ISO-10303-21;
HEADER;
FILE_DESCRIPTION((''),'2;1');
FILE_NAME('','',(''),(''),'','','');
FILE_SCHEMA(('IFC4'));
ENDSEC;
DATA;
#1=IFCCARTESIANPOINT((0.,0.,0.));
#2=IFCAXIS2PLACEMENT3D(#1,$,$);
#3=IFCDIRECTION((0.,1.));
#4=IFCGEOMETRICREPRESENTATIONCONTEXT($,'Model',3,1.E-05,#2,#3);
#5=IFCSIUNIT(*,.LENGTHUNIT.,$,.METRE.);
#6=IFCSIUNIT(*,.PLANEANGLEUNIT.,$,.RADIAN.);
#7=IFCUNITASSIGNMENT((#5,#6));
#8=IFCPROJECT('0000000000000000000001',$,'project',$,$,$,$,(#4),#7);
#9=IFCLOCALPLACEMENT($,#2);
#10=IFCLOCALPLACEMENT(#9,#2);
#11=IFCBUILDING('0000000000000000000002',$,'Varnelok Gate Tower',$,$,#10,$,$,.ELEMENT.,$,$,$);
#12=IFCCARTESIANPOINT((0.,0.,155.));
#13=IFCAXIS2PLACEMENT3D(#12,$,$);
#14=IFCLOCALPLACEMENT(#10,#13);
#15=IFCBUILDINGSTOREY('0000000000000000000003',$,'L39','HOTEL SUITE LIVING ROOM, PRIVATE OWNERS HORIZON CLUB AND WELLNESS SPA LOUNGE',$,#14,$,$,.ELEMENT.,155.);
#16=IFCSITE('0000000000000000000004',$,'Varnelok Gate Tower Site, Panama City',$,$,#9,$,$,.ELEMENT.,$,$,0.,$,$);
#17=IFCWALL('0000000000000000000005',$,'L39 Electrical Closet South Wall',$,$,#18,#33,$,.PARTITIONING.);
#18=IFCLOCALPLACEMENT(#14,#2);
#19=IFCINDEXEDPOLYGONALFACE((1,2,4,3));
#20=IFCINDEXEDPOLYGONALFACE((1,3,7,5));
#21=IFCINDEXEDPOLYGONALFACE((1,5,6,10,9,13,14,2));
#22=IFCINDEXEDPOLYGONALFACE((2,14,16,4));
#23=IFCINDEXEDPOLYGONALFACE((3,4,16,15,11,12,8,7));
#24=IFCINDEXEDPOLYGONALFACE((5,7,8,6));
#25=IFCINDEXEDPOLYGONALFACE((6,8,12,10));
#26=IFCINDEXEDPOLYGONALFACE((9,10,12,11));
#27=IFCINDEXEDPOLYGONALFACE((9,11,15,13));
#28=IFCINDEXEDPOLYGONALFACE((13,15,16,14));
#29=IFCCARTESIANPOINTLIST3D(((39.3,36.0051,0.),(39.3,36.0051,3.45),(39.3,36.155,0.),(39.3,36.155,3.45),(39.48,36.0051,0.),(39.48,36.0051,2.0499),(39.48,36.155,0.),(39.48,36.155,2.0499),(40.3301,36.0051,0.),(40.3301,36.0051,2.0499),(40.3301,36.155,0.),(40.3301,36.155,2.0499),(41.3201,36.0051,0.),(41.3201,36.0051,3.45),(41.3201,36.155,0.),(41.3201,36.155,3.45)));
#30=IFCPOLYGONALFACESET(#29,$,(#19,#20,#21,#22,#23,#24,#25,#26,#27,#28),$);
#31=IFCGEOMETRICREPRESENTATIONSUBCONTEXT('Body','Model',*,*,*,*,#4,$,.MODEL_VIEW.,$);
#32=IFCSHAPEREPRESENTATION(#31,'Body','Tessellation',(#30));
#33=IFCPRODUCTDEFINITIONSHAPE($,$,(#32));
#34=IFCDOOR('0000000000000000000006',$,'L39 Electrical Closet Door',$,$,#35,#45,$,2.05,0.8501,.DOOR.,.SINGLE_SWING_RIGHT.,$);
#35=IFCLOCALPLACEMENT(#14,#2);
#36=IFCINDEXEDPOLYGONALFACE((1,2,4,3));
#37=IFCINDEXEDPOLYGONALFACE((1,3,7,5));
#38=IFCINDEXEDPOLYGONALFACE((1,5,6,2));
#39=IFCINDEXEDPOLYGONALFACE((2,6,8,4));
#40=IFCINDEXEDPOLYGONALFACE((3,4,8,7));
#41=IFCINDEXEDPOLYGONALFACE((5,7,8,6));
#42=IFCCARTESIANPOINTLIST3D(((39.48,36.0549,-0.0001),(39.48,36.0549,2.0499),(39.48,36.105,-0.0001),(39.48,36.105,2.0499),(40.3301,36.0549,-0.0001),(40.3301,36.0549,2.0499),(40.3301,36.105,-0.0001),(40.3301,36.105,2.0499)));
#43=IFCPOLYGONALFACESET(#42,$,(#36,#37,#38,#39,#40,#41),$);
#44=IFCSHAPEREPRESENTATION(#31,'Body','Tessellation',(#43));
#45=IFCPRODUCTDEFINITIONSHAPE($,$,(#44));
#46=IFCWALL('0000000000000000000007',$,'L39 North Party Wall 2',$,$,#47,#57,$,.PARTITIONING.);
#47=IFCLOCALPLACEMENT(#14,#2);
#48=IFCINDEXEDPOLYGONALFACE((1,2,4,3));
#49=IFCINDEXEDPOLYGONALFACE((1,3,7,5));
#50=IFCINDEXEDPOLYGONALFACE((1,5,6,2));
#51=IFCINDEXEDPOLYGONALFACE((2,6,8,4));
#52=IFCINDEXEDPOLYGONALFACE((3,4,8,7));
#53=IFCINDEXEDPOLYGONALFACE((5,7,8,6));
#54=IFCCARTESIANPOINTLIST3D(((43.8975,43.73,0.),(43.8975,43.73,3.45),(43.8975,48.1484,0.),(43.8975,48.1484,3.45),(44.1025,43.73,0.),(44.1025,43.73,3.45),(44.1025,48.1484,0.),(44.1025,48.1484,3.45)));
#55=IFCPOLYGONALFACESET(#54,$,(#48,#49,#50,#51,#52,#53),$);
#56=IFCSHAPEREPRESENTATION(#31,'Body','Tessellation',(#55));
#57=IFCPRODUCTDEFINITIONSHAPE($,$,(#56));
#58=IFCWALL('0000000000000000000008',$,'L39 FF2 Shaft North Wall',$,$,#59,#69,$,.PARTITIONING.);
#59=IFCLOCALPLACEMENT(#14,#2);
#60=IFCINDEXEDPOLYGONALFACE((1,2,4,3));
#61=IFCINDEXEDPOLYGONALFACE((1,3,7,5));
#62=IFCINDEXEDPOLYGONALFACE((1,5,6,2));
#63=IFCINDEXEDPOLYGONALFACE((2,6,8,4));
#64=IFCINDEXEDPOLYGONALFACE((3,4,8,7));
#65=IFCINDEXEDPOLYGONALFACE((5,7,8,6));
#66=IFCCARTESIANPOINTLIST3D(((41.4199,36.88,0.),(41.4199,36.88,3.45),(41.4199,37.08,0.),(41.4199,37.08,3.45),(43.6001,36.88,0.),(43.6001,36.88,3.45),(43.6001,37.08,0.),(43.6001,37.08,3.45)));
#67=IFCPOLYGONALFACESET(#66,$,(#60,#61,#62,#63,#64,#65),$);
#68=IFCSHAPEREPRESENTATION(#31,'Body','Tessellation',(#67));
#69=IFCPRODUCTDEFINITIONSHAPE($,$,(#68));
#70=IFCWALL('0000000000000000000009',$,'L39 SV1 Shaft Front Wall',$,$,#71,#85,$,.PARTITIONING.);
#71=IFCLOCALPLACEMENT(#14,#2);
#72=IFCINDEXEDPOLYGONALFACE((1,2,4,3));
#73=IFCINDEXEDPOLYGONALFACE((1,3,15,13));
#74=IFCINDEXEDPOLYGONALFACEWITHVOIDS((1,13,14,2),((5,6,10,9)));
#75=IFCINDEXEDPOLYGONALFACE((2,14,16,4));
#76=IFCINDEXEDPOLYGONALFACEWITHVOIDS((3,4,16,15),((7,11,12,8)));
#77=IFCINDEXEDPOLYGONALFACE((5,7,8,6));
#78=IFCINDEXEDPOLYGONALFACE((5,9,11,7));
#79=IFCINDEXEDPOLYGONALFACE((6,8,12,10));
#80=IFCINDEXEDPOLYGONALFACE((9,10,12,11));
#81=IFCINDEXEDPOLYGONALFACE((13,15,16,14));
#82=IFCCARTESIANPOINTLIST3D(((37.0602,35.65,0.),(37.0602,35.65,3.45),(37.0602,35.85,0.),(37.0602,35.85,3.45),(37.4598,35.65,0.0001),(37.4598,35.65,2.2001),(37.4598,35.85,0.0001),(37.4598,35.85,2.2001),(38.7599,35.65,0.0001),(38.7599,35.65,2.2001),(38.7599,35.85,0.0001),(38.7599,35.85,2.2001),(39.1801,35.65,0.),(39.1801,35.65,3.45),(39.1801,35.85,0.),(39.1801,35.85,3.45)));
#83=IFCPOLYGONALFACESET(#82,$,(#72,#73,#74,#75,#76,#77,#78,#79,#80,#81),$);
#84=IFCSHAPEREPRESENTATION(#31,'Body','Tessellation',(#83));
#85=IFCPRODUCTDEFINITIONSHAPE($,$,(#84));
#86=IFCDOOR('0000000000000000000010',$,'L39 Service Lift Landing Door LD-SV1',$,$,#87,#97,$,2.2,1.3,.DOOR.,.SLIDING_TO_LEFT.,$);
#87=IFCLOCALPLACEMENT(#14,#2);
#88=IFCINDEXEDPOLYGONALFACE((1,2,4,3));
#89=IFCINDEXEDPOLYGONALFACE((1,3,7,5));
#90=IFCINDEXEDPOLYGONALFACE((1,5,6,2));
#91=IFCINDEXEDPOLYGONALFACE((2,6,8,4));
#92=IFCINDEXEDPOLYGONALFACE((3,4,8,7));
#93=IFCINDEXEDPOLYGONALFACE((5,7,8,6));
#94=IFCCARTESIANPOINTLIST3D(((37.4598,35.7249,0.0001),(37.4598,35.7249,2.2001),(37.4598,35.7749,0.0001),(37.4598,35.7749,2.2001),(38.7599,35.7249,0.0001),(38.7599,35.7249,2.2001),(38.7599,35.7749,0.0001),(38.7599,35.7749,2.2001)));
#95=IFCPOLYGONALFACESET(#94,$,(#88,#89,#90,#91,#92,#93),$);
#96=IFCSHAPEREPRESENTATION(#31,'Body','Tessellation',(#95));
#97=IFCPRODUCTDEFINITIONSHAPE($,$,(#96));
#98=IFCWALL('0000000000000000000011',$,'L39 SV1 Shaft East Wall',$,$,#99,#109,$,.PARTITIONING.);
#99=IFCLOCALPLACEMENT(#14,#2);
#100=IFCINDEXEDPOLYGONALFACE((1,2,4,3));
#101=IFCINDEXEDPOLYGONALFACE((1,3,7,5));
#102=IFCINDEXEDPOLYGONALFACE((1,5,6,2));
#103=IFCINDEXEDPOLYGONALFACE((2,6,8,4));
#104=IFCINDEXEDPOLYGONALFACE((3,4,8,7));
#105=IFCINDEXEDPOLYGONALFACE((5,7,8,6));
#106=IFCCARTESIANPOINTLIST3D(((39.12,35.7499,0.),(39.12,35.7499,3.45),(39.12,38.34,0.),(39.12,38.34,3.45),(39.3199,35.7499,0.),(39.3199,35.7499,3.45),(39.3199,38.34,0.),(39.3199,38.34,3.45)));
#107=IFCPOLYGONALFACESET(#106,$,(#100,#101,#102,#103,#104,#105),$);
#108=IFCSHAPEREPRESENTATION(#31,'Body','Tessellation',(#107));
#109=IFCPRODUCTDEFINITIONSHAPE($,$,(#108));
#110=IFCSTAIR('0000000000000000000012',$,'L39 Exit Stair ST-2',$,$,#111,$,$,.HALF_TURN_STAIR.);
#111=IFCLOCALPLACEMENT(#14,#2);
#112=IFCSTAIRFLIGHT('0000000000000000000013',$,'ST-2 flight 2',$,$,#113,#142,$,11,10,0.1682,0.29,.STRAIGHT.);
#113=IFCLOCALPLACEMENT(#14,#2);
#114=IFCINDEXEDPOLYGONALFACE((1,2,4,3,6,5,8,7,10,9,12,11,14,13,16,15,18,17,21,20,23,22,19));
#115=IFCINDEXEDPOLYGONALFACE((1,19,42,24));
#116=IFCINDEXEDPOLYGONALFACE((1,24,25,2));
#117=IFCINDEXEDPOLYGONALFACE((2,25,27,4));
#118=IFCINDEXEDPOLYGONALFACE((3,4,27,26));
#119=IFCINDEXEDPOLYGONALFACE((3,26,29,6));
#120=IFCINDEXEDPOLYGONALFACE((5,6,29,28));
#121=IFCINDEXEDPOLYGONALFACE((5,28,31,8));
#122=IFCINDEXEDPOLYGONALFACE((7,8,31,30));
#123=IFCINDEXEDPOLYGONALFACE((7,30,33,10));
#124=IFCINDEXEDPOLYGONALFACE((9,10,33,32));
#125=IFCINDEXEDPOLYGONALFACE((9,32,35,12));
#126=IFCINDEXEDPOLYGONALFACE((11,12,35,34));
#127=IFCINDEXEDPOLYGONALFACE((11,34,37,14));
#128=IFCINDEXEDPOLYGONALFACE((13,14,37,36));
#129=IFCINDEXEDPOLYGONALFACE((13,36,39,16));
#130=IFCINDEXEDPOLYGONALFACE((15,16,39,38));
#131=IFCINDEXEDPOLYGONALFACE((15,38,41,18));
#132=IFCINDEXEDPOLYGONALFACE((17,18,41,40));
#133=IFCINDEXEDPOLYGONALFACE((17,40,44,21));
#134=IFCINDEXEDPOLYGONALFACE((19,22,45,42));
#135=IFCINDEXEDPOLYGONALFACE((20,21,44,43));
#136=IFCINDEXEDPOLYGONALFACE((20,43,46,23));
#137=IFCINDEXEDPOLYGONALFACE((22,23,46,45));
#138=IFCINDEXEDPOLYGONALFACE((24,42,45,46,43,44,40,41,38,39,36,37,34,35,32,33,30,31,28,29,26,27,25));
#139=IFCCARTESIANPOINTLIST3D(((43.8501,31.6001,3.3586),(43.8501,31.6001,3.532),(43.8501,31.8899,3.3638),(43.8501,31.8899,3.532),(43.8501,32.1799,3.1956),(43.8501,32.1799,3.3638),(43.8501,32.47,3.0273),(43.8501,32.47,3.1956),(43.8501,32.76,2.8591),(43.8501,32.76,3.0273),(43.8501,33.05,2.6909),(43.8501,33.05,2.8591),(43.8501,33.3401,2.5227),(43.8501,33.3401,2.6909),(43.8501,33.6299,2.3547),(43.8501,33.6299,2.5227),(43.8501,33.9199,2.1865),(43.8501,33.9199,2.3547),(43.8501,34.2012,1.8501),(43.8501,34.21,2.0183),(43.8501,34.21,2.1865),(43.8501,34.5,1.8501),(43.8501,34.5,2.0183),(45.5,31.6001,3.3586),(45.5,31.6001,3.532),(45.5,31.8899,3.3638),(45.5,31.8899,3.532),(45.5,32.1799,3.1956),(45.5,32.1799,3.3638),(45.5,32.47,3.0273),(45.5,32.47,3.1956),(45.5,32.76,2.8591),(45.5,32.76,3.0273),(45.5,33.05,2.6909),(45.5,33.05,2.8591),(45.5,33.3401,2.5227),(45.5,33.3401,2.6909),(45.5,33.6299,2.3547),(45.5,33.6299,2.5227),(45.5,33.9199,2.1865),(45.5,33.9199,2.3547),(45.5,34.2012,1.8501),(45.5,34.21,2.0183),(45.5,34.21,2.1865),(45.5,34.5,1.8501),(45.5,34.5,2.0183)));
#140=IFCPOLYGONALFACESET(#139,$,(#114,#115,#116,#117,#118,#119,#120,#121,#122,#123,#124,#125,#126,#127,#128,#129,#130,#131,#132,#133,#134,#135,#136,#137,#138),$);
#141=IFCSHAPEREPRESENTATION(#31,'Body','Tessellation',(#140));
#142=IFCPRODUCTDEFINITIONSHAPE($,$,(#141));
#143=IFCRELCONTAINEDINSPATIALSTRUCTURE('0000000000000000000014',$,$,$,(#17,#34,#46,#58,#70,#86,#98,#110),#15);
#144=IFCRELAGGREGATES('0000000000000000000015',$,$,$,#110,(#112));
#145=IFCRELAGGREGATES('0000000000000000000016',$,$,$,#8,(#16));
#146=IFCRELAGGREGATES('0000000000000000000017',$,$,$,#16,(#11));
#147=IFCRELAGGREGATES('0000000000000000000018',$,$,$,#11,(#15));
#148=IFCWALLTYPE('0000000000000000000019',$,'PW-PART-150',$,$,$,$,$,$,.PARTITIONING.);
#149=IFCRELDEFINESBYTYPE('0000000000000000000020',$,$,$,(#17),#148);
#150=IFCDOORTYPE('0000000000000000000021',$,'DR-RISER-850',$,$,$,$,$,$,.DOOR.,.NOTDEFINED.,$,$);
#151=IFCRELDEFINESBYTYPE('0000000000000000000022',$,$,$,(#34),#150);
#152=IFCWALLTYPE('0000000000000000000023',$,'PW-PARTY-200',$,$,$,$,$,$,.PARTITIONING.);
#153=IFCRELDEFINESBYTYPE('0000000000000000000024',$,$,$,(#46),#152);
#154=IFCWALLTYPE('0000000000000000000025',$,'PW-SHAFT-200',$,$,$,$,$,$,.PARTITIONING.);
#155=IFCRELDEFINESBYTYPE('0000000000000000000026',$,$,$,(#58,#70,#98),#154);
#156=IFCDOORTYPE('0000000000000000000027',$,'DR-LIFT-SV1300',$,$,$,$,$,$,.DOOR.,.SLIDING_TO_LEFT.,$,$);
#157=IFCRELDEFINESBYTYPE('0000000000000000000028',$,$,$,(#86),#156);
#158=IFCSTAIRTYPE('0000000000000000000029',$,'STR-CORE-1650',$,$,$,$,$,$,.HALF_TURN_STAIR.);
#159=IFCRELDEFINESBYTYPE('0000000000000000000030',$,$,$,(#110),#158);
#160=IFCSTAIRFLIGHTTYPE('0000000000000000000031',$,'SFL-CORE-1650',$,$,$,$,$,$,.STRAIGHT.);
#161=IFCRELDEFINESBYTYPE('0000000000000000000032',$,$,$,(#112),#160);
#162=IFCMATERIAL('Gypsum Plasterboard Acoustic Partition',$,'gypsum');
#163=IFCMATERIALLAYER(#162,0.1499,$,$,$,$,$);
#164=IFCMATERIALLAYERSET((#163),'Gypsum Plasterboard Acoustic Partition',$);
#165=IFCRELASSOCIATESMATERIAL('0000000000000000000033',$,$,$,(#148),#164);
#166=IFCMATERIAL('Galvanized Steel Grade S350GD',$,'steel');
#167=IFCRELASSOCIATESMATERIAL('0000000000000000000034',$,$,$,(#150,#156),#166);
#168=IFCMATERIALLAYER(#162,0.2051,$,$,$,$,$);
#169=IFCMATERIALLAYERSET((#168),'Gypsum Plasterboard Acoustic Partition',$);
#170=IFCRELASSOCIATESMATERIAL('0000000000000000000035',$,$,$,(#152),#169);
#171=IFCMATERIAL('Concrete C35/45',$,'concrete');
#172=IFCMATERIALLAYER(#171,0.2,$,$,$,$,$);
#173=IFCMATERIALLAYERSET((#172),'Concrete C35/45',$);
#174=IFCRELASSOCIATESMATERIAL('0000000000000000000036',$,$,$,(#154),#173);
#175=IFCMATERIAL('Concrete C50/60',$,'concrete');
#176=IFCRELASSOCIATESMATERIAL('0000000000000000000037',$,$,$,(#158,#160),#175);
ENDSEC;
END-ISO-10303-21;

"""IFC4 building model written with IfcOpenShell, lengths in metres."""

from ifc_helpers import new_model, si_unit, direction, frame, frame_2d, origin, place, context, subcontext, project, spatial, polyline, rectangle, outline, extrude, material, layer, layer_set, type_object, element, fill, aggregate, save


model = new_model("IFC4")

# Units and contexts
model_context = context("Model", 3, precision=1e-05, world=origin(), true_north=direction((0.0, 1.0)))
body_context = subcontext(model_context, "Body", "Model", "MODEL_VIEW")
ifc_project = project(units=[si_unit("LENGTHUNIT", "METRE"), si_unit("PLANEANGLEUNIT", "RADIAN")], contexts=[model_context])

# Site, building, storey
site_placement = place(None, origin())
site = spatial("IfcSite", under=ifc_project, at=site_placement, Name="Varnelok Gate Tower Site, Panama City", CompositionType="ELEMENT", RefElevation=0.0)
building_placement = place(site_placement, origin())
building = spatial("IfcBuilding", under=site, at=building_placement, Name="Varnelok Gate Tower", CompositionType="ELEMENT")
storey_placement = place(building_placement, frame((0.0, 0.0, 155.0)))
storey = spatial("IfcBuildingStorey", under=building, at=storey_placement, Name="L39", Description="HOTEL SUITE LIVING ROOM, PRIVATE OWNERS HORIZON CLUB AND WELLNESS SPA LOUNGE", CompositionType="ELEMENT", Elevation=155.0)

# Wall, opening, door
ifc_material_1 = material(Name="Gypsum Plasterboard Acoustic Partition", Category="gypsum")
ifc_layer_1 = layer(ifc_material_1, 0.1499)
ifc_layer_set_1 = layer_set([ifc_layer_1], Name="Gypsum Plasterboard Acoustic Partition")
wall_type_1 = type_object("IfcWallType", Name="PW-PART-150", PredefinedType="PARTITIONING", material=ifc_layer_set_1)
wall_1_placement = place(storey_placement, frame((39.3, 36.0801, 0.0), z_axis=(0.0, 0.0, 1.0), x_axis=(1.0, 0.0, 0.0)))
wall_1 = element("IfcWall", 1, at=wall_1_placement, inside=storey, type_object=wall_type_1, Name="L39 Electrical Closet South Wall", PredefinedType="PARTITIONING", context=body_context, shape_type="SweptSolid", body=[
    extrude(rectangle(XDim=2.02, YDim=0.1499, at=frame_2d((1.01, 0.0))), origin(), (0.0, 0.0, 1.0), 3.45),
])
opening_1_placement = place(wall_1_placement, frame((0.1799, 0.0, 0.0)))
opening_1 = element("IfcOpeningElement", 2, at=opening_1_placement, cuts=wall_1, PredefinedType="OPENING", context=body_context, shape_type="SweptSolid", body=[
    extrude(rectangle(XDim=0.8501, YDim=2.05, at=frame_2d((0.425, 1.0249))), frame((0.0, 0.085, 0.0), z_axis=(0.0, -1.0, 0.0), x_axis=(1.0, 0.0, 0.0)), (0.0, 0.0, 1.0), 0.1699),
])
ifc_material_2 = material(Name="Galvanized Steel Grade S350GD", Category="steel")
door_type_1 = type_object("IfcDoorType", Name="DR-RISER-850", OperationType="NOTDEFINED", PredefinedType="DOOR", material=ifc_material_2)
door_1_placement = place(opening_1_placement, origin())
door_1 = element("IfcDoor", 3, at=door_1_placement, inside=storey, type_object=door_type_1, Name="L39 Electrical Closet Door", OperationType="SINGLE_SWING_RIGHT", OverallHeight=2.05, OverallWidth=0.8501, PredefinedType="DOOR", context=body_context, shape_type="SweptSolid", body=[
    extrude(rectangle(XDim=0.8501, YDim=2.05, at=frame_2d((0.425, 1.0249))), frame((0.0, 0.0249, 0.0), z_axis=(0.0, -1.0, 0.0), x_axis=(1.0, 0.0, 0.0)), (0.0, 0.0, 1.0), 0.05),
])
fill(opening_1, door_1)

# Walls
ifc_layer_2 = layer(ifc_material_1, 0.2051)
ifc_layer_set_2 = layer_set([ifc_layer_2], Name="Gypsum Plasterboard Acoustic Partition")
wall_type_2 = type_object("IfcWallType", Name="PW-PARTY-200", PredefinedType="PARTITIONING", material=ifc_layer_set_2)
wall_2_placement = place(storey_placement, frame((44.0, 43.73, 0.0), z_axis=(0.0, 0.0, 1.0), x_axis=(0.0, 1.0, 0.0)))
element("IfcWall", 4, at=wall_2_placement, inside=storey, type_object=wall_type_2, Name="L39 North Party Wall 2", PredefinedType="PARTITIONING", context=body_context, shape_type="SweptSolid", body=[
    extrude(rectangle(XDim=4.4185, YDim=0.2051, at=frame_2d((2.2092, 0.0))), origin(), (0.0, 0.0, 1.0), 3.45),
])
ifc_material_3 = material(Name="Concrete C35/45", Category="concrete")
ifc_layer_3 = layer(ifc_material_3, 0.2)
ifc_layer_set_3 = layer_set([ifc_layer_3], Name="Concrete C35/45")
wall_type_3 = type_object("IfcWallType", Name="PW-SHAFT-200", PredefinedType="PARTITIONING", material=ifc_layer_set_3)
wall_3_placement = place(storey_placement, frame((41.4199, 36.98, 0.0), z_axis=(0.0, 0.0, 1.0), x_axis=(1.0, 0.0, 0.0)))
element("IfcWall", 5, at=wall_3_placement, inside=storey, type_object=wall_type_3, Name="L39 FF2 Shaft North Wall", PredefinedType="PARTITIONING", context=body_context, shape_type="SweptSolid", body=[
    extrude(rectangle(XDim=2.1802, YDim=0.2, at=frame_2d((1.0901, 0.0))), origin(), (0.0, 0.0, 1.0), 3.45),
])

# Wall, opening, door
wall_4_placement = place(storey_placement, frame((37.0601, 35.75, 0.0), z_axis=(0.0, 0.0, 1.0), x_axis=(1.0, 0.0, 0.0)))
wall_4 = element("IfcWall", 6, at=wall_4_placement, inside=storey, type_object=wall_type_3, Name="L39 SV1 Shaft Front Wall", PredefinedType="PARTITIONING", context=body_context, shape_type="SweptSolid", body=[
    extrude(rectangle(XDim=2.1199, YDim=0.2, at=frame_2d((1.0601, 0.0))), origin(), (0.0, 0.0, 1.0), 3.45),
])
opening_2_placement = place(wall_4_placement, frame((0.3999, 0.0, 0.0)))
opening_2 = element("IfcOpeningElement", 7, at=opening_2_placement, cuts=wall_4, PredefinedType="OPENING", context=body_context, shape_type="SweptSolid", body=[
    extrude(rectangle(XDim=1.3, YDim=2.2, at=frame_2d((0.6499, 1.1001))), frame((0.0, 0.1099, 0.0), z_axis=(0.0, -1.0, 0.0), x_axis=(1.0, 0.0, 0.0)), (0.0, 0.0, 1.0), 0.22),
])
door_type_2 = type_object("IfcDoorType", Name="DR-LIFT-SV1300", OperationType="SLIDING_TO_LEFT", PredefinedType="DOOR", material=ifc_material_2)
door_2_placement = place(opening_2_placement, origin())
door_2 = element("IfcDoor", 8, at=door_2_placement, inside=storey, type_object=door_type_2, Name="L39 Service Lift Landing Door LD-SV1", OperationType="SLIDING_TO_LEFT", OverallHeight=2.2, OverallWidth=1.3, PredefinedType="DOOR", context=body_context, shape_type="SweptSolid", body=[
    extrude(rectangle(XDim=1.3, YDim=2.2, at=frame_2d((0.6499, 1.1001))), frame((0.0, 0.0249, 0.0), z_axis=(0.0, -1.0, 0.0), x_axis=(1.0, 0.0, 0.0)), (0.0, 0.0, 1.0), 0.05),
])
fill(opening_2, door_2)

# Wall
wall_5_placement = place(storey_placement, frame((39.22, 35.75, 0.0), z_axis=(0.0, 0.0, 1.0), x_axis=(0.0, 1.0, 0.0)))
element("IfcWall", 9, at=wall_5_placement, inside=storey, type_object=wall_type_3, Name="L39 SV1 Shaft East Wall", PredefinedType="PARTITIONING", context=body_context, shape_type="SweptSolid", body=[
    extrude(rectangle(XDim=2.5901, YDim=0.2, at=frame_2d((1.2949, 0.0))), origin(), (0.0, 0.0, 1.0), 3.45),
])

# Stair, stair flight
ifc_material_4 = material(Name="Concrete C50/60", Category="concrete")
stair_type = type_object("IfcStairType", Name="STR-CORE-1650", PredefinedType="HALF_TURN_STAIR", material=ifc_material_4)
stair_placement = place(storey_placement, origin())
stair = element("IfcStair", 10, at=stair_placement, inside=storey, type_object=stair_type, Name="L39 Exit Stair ST-2", PredefinedType="HALF_TURN_STAIR")
stair_flight_type = type_object("IfcStairFlightType", Name="SFL-CORE-1650", PredefinedType="STRAIGHT", material=ifc_material_4)
stair_flight_placement = place(storey_placement, frame((44.675, 34.5, 1.8501), z_axis=(0.0, 0.0, 1.0), x_axis=(0.0, -1.0, 0.0)))
stair_flight = element("IfcStairFlight", 11, at=stair_flight_placement, type_object=stair_flight_type, Name="ST-2 flight 2", NumberOfRisers=11, NumberOfTreads=10, PredefinedType="STRAIGHT", RiserHeight=0.1682, TreadLength=0.29, context=body_context, shape_type="SweptSolid", body=[
    extrude(outline(polyline([(0.0, 0.0), (0.0, 0.1682), (0.29, 0.1682), (0.29, 0.3364), (0.5801, 0.3364), (0.5801, 0.5046), (0.8701, 0.5046), (0.8701, 0.6726), (1.1599, 0.6726), (1.1599, 0.8408), (1.45, 0.8408), (1.45, 1.009), (1.74, 1.009), (1.74, 1.1772), (2.03, 1.1772), (2.03, 1.3455), (2.3201, 1.3455), (2.3201, 1.5137), (2.6101, 1.5137), (2.6101, 1.6819), (2.8999, 1.6819), (2.8999, 1.8501), (2.8999, 1.5085), (0.2988, 0.0), (0.0, 0.0)])), frame((0.0, 0.825, 0.0), z_axis=(0.0, -1.0, 0.0), x_axis=(1.0, 0.0, 0.0)), (0.0, 0.0, 1.0), 1.6499),
])
aggregate(stair, [stair_flight])

save(model, "model.ifc")
